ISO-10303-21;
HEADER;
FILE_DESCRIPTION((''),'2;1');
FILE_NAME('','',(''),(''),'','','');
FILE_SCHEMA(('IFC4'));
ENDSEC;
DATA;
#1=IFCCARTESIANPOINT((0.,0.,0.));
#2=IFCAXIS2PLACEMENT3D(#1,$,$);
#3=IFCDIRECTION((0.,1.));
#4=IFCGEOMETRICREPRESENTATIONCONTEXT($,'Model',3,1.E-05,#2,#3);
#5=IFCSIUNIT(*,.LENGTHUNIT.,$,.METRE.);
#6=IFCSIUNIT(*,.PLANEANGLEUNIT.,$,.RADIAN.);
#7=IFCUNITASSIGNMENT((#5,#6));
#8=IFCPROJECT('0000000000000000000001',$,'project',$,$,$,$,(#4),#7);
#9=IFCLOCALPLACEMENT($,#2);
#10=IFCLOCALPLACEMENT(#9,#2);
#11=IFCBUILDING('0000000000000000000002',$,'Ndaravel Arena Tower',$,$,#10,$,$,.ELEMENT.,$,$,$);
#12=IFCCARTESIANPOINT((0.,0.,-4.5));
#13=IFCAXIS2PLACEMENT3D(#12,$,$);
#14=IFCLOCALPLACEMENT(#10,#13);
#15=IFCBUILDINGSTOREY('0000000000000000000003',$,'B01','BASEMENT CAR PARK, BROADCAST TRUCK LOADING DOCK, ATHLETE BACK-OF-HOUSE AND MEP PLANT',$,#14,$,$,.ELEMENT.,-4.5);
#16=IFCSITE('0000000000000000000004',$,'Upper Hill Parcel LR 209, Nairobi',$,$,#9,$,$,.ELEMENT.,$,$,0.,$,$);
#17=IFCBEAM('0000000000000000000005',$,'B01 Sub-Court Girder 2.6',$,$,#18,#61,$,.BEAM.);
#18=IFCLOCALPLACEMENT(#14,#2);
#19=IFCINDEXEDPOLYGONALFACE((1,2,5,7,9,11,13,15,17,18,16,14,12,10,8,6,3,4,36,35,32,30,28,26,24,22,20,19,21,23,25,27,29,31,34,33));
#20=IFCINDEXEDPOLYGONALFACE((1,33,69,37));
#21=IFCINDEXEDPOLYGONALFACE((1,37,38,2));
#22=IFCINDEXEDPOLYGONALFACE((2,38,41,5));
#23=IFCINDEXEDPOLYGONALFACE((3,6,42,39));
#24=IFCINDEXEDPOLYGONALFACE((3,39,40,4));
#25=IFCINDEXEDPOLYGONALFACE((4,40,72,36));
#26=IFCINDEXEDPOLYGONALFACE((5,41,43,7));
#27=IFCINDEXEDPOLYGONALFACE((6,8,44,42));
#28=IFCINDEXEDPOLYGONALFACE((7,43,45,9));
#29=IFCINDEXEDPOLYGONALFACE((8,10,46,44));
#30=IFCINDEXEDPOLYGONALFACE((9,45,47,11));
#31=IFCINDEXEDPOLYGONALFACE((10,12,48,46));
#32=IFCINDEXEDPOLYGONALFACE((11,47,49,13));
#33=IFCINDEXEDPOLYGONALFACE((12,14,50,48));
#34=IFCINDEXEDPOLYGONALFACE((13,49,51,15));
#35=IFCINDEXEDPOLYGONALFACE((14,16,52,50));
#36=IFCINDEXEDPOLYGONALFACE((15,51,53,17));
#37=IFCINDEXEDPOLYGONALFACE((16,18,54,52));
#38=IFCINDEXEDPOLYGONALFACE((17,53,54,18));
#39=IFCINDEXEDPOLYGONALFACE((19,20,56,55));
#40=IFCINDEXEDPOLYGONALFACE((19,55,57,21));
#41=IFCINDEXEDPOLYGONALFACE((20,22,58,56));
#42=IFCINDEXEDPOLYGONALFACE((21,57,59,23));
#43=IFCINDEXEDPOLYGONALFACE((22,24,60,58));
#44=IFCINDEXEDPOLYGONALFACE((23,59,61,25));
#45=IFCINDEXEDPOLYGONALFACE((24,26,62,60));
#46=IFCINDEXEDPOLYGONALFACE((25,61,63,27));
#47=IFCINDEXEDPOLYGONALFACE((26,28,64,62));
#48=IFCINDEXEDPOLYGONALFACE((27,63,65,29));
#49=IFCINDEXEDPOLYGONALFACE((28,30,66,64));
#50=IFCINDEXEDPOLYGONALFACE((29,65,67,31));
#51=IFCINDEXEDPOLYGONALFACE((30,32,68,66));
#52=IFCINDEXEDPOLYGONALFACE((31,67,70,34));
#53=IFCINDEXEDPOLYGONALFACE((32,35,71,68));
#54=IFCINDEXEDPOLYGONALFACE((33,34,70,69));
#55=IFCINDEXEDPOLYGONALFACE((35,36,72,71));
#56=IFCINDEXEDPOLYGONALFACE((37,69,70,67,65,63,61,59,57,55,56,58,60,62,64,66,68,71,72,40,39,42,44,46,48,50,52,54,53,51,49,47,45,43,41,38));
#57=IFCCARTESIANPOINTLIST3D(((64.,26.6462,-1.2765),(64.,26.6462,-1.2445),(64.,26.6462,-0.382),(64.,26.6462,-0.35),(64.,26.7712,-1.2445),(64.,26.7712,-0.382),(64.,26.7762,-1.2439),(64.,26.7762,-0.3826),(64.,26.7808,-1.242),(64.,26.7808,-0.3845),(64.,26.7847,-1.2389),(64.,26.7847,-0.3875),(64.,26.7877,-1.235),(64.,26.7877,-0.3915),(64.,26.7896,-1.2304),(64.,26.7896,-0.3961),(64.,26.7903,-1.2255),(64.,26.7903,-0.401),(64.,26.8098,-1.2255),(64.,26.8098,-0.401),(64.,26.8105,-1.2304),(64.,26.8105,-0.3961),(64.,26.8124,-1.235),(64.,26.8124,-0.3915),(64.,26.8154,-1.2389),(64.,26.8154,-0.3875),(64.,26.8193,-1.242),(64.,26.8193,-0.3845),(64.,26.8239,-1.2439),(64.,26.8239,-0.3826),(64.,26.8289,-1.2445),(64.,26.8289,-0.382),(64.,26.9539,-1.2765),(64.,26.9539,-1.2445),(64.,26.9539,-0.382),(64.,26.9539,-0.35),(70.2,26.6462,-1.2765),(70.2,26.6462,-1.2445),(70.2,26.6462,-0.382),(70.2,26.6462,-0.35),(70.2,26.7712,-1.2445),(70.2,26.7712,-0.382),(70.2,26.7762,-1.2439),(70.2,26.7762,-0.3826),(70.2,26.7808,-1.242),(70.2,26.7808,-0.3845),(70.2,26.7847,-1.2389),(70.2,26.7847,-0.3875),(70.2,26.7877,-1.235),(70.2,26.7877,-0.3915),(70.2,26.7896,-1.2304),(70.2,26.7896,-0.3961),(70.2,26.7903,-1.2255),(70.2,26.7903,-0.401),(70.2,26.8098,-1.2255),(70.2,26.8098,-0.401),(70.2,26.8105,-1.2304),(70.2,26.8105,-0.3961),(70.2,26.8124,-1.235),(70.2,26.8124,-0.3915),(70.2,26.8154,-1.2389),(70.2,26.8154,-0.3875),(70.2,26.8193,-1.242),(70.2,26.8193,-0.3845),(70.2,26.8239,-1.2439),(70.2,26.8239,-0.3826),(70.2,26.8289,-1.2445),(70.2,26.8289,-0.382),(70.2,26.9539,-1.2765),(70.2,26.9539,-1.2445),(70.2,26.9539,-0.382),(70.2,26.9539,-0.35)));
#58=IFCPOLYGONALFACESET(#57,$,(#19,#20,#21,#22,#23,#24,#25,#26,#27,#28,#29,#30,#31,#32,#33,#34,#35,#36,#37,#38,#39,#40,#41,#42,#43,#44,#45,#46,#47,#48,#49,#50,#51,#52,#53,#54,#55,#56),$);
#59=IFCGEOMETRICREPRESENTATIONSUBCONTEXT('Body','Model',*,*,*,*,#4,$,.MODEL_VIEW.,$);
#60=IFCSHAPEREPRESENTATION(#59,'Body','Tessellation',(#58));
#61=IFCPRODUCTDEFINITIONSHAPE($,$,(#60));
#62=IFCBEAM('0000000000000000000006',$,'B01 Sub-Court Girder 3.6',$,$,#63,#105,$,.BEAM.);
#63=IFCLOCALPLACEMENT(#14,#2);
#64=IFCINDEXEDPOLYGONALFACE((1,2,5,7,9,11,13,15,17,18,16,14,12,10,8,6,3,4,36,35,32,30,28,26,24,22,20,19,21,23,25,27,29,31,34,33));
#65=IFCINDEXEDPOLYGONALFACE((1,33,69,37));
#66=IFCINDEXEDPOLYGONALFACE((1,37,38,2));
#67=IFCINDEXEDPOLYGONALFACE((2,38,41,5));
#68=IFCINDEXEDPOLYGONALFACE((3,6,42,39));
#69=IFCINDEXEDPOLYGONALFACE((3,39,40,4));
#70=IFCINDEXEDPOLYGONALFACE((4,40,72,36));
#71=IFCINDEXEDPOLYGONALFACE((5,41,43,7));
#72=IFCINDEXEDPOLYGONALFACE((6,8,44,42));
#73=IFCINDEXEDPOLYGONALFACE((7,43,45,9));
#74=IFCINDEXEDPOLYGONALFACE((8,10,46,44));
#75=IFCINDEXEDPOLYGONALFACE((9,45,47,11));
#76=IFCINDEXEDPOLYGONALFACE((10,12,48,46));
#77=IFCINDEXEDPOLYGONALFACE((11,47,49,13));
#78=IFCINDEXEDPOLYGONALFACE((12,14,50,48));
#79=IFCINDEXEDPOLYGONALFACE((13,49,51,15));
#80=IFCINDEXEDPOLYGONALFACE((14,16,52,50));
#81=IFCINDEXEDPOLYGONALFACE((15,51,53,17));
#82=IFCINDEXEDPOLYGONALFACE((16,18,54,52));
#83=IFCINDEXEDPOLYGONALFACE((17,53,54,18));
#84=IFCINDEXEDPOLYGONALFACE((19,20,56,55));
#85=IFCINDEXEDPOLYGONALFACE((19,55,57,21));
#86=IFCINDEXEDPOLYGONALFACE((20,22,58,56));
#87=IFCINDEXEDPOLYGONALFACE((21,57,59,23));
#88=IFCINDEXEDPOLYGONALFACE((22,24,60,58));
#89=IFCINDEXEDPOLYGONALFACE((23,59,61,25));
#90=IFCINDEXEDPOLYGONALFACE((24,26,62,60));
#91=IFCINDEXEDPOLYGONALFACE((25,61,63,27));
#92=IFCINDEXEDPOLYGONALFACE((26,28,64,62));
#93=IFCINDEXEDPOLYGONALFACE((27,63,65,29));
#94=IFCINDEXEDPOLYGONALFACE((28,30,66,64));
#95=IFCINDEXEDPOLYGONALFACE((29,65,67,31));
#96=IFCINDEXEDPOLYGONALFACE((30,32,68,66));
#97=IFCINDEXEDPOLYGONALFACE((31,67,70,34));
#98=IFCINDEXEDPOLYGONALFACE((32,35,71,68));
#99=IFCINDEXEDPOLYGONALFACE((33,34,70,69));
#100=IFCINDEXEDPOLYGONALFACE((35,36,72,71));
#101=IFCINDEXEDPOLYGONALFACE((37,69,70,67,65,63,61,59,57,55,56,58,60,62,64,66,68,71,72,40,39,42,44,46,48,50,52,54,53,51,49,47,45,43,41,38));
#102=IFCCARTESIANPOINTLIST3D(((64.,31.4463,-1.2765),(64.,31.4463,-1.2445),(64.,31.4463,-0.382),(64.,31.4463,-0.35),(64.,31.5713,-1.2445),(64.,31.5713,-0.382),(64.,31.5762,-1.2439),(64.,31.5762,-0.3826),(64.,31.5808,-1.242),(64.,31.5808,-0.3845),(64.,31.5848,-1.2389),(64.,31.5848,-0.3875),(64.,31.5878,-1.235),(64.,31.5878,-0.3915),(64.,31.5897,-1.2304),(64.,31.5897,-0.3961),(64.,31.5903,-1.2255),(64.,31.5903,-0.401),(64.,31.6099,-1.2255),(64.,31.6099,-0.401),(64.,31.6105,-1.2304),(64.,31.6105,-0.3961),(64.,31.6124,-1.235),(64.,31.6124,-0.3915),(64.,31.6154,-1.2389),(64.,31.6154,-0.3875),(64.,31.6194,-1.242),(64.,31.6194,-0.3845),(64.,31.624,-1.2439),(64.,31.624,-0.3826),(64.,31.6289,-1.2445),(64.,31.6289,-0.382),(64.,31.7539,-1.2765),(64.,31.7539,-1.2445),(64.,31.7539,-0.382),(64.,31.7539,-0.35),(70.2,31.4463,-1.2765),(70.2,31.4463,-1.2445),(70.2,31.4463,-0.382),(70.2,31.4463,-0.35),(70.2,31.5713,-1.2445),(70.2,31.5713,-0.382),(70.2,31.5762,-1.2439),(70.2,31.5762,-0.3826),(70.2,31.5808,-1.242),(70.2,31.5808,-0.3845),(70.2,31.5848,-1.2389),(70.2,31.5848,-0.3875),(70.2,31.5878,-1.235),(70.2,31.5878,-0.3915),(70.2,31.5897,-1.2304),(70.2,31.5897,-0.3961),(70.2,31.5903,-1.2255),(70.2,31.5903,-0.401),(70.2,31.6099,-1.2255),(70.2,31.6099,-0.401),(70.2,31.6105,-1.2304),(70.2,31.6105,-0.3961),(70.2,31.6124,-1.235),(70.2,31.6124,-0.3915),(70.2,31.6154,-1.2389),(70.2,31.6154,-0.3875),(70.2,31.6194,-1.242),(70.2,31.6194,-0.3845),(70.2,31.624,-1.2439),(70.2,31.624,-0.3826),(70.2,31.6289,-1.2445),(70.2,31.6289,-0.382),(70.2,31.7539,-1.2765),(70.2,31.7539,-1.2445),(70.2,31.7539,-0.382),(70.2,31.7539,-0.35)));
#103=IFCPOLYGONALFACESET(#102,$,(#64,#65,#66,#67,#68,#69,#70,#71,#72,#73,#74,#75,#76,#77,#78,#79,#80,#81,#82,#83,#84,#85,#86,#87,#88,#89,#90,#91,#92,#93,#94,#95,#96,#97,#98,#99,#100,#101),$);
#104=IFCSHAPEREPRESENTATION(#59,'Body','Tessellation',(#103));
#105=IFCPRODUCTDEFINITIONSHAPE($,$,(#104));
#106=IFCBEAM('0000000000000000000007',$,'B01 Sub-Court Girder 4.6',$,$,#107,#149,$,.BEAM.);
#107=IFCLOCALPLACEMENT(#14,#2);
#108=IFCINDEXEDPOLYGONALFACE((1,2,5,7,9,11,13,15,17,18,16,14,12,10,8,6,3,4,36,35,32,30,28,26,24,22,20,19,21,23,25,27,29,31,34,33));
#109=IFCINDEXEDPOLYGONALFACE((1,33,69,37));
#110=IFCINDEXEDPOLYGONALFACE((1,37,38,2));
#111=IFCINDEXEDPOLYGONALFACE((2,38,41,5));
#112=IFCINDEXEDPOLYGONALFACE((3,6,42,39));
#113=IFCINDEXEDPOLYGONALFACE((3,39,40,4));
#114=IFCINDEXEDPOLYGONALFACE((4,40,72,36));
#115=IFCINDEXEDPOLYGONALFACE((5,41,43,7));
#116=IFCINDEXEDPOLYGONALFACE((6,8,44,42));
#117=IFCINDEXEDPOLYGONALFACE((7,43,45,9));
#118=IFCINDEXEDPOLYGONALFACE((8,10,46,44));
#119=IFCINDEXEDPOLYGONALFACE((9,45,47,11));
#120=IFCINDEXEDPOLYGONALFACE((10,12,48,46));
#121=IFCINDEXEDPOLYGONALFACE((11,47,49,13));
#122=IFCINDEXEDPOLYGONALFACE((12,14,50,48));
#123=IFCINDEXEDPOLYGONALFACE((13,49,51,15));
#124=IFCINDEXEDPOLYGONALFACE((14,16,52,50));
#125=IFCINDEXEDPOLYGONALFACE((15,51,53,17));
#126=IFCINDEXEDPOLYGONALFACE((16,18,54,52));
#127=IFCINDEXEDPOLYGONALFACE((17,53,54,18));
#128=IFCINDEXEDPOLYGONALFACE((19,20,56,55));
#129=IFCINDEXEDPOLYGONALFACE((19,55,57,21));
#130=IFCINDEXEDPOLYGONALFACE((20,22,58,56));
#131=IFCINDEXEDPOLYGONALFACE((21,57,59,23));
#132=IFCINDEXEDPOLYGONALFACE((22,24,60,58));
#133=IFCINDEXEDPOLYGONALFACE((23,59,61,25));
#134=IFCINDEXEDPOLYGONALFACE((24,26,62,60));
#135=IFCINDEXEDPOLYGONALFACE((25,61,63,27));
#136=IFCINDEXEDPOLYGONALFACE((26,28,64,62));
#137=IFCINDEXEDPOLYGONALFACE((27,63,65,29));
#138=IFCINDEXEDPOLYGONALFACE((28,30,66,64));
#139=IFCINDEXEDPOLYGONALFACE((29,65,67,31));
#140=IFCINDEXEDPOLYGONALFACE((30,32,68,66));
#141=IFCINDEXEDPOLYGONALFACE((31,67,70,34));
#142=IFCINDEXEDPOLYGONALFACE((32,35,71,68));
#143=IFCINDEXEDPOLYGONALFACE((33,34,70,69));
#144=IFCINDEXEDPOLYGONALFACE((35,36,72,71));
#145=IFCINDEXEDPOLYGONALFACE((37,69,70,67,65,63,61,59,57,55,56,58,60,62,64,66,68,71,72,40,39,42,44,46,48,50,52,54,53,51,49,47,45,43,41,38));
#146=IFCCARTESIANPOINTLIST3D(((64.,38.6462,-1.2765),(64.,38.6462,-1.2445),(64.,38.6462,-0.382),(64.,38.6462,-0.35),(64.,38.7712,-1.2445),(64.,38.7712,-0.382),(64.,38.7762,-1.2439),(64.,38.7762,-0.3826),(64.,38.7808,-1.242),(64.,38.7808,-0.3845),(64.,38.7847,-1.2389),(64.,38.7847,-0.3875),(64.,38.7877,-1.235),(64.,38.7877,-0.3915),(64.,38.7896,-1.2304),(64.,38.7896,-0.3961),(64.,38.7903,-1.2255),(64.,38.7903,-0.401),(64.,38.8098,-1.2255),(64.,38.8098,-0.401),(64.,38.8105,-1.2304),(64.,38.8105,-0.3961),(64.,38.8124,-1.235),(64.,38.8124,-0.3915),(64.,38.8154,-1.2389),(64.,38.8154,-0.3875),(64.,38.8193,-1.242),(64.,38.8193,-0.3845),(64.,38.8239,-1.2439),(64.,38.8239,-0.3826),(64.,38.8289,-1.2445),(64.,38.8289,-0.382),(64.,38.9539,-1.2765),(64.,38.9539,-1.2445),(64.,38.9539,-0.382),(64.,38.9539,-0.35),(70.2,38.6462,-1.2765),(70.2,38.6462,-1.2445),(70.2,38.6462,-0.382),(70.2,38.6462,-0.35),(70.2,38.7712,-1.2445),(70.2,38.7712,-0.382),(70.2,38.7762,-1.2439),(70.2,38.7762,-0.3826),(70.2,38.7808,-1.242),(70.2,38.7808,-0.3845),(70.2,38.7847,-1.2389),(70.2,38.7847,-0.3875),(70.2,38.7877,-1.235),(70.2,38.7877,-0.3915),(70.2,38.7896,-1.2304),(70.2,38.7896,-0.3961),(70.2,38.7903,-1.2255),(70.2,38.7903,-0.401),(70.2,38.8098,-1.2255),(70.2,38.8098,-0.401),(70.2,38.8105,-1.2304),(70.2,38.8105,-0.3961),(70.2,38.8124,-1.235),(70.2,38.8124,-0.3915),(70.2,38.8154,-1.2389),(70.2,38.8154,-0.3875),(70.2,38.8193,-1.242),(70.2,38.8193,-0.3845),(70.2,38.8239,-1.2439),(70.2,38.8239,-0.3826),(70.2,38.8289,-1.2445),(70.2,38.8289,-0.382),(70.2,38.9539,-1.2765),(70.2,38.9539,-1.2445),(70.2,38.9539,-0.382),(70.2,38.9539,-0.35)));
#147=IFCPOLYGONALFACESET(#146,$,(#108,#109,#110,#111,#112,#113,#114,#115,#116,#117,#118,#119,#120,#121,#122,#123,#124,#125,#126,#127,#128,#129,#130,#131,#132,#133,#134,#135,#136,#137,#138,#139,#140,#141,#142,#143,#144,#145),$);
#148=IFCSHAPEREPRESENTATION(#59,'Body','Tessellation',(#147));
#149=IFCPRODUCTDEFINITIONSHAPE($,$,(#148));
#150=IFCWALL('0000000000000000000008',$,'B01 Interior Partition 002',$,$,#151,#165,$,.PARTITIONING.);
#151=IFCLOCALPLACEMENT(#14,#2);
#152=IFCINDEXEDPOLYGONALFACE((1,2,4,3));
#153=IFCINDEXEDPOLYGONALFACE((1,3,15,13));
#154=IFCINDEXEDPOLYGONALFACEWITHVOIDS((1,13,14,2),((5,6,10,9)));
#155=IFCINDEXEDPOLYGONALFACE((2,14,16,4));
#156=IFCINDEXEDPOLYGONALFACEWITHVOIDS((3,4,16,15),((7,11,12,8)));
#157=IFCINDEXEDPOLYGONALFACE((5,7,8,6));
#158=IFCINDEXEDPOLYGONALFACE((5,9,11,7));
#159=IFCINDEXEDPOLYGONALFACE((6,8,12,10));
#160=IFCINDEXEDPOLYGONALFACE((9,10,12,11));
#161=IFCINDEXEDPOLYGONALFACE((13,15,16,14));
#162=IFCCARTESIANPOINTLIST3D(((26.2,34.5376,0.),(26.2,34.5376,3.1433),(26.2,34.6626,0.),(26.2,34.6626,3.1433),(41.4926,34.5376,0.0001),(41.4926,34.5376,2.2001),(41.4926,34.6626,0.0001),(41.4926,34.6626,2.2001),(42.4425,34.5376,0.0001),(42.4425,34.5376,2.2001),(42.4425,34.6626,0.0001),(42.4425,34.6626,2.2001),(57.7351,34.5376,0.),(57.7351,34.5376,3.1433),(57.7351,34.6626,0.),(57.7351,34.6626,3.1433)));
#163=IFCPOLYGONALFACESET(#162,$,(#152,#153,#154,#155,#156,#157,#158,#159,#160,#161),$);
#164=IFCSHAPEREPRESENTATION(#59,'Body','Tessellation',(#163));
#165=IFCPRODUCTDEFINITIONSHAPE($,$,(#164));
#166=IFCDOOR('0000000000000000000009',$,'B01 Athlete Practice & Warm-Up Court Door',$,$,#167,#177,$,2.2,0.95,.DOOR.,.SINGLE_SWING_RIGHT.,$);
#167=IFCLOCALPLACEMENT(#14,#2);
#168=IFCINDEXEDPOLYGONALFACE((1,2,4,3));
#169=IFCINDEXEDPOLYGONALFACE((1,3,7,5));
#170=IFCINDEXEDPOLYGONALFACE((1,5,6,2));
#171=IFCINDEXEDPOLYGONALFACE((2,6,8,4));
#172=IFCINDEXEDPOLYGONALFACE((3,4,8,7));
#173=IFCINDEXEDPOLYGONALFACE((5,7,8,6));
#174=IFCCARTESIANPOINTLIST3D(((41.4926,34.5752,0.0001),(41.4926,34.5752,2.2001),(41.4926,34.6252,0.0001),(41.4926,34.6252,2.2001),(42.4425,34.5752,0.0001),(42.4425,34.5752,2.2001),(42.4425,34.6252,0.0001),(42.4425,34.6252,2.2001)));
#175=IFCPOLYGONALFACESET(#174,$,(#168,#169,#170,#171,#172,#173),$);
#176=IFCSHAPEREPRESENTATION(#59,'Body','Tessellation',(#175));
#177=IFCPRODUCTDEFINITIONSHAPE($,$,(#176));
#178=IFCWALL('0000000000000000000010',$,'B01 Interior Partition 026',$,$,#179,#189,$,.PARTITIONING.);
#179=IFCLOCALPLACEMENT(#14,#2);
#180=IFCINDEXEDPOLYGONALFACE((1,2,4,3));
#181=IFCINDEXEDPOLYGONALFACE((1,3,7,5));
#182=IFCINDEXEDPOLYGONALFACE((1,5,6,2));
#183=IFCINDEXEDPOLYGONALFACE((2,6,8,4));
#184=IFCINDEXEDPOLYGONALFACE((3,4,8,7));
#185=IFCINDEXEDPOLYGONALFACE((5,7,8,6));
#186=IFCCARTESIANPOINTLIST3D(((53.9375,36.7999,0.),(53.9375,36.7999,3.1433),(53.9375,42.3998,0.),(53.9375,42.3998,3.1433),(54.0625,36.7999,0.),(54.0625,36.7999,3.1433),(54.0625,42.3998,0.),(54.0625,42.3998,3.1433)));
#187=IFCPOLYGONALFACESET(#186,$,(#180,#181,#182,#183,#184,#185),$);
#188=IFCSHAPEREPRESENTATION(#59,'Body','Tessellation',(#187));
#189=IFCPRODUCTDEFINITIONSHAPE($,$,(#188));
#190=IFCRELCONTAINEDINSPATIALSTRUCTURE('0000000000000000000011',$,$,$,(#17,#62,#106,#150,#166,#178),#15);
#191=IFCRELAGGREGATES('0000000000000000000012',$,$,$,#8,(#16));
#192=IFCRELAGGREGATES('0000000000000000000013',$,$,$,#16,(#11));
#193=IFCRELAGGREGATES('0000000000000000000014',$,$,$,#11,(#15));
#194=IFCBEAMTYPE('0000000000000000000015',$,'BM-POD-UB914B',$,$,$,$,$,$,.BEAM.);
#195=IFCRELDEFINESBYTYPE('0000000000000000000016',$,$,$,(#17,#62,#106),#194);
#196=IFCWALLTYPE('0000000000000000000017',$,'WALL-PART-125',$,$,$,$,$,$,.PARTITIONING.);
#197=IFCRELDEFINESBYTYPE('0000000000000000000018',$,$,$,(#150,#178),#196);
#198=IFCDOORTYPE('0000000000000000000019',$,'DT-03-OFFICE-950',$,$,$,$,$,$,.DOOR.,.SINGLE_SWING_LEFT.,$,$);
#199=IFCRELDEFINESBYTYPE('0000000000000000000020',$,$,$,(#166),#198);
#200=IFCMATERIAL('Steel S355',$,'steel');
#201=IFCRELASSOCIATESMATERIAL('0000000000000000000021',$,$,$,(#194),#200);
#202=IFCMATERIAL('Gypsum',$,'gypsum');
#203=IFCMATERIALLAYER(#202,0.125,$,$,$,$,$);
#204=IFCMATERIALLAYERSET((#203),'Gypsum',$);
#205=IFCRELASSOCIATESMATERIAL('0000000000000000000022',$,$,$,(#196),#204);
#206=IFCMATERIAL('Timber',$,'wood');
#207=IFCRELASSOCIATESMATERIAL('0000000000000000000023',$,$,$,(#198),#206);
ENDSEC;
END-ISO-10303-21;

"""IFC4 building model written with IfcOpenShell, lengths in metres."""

from ifc_helpers import new_model, si_unit, direction, frame, frame_2d, origin, origin_2d, place, context, subcontext, project, spatial, rectangle, i_section, extrude, material, layer, layer_set, material_profile, profile_set, type_object, element, fill, save


model = new_model("IFC4")

# Units and contexts
model_context = context("Model", 3, precision=1e-05, world=origin(), true_north=direction((0.0, 1.0)))
body_context = subcontext(model_context, "Body", "Model", "MODEL_VIEW")
ifc_project = project(units=[si_unit("LENGTHUNIT", "METRE"), si_unit("PLANEANGLEUNIT", "RADIAN")], contexts=[model_context])

# Site, building, storey
site_placement = place(None, origin())
site = spatial("IfcSite", under=ifc_project, at=site_placement, Name="Upper Hill Parcel LR 209, Nairobi", CompositionType="ELEMENT", RefElevation=0.0)
building_placement = place(site_placement, origin())
building = spatial("IfcBuilding", under=site, at=building_placement, Name="Ndaravel Arena Tower", CompositionType="ELEMENT")
storey_placement = place(building_placement, frame((0.0, 0.0, -4.5)))
storey = spatial("IfcBuildingStorey", under=building, at=storey_placement, Name="B01", Description="BASEMENT CAR PARK, BROADCAST TRUCK LOADING DOCK, ATHLETE BACK-OF-HOUSE AND MEP PLANT", CompositionType="ELEMENT", Elevation=-4.5)

# Beams
ifc_material_1 = material(Name="Steel S355", Category="steel")
ifc_material_profile_1 = material_profile(ifc_material_1, i_section(OverallWidth=0.3076, OverallDepth=0.9265, WebThickness=0.0195, FlangeThickness=0.032, FilletRadius=0.019, at=origin_2d()), Name="UB 914x305x289")
ifc_profile_set_1 = profile_set([ifc_material_profile_1], Name="Steel S355")
beam_type_1 = type_object("IfcBeamType", Name="BM-POD-UB914B", PredefinedType="BEAM", material=ifc_profile_set_1)
for number, where, z_axis, x_axis, name in (
    (1, (64.0, 26.8, -0.8132), (1.0, 0.0, 0.0), (0.0, 1.0, 0.0), "B01 Sub-Court Girder 2.6"),
    (2, (64.0, 31.6001, -0.8132), (1.0, 0.0, 0.0), (0.0, 1.0, 0.0), "B01 Sub-Court Girder 3.6"),
    (3, (64.0, 38.8, -0.8132), (1.0, 0.0, 0.0), (0.0, 1.0, 0.0), "B01 Sub-Court Girder 4.6"),
):
    element("IfcBeam", number, at=place(storey_placement, frame(where, z_axis=z_axis, x_axis=x_axis)), inside=storey, type_object=beam_type_1, Name=name, PredefinedType="BEAM", context=body_context, shape_type="SweptSolid", body=[
        extrude(i_section(OverallWidth=0.3076, OverallDepth=0.9265, WebThickness=0.0195, FlangeThickness=0.032, FilletRadius=0.019, at=origin_2d()), origin(), (0.0, 0.0, 1.0), 6.2),
    ])

# Wall, opening, door
ifc_material_2 = material(Name="Gypsum", Category="gypsum")
ifc_layer_1 = layer(ifc_material_2, 0.125)
ifc_layer_set_1 = layer_set([ifc_layer_1], Name="Gypsum")
wall_type_1 = type_object("IfcWallType", Name="WALL-PART-125", PredefinedType="PARTITIONING", material=ifc_layer_set_1)
wall_1_placement = place(storey_placement, frame((57.7351, 34.6001, 0.0), z_axis=(0.0, 0.0, 1.0), x_axis=(-1.0, 0.0, 0.0)))
wall_1 = element("IfcWall", 4, at=wall_1_placement, inside=storey, type_object=wall_type_1, Name="B01 Interior Partition 002", PredefinedType="PARTITIONING", context=body_context, shape_type="SweptSolid", body=[
    extrude(rectangle(XDim=31.5352, YDim=0.125, at=frame_2d((15.7676, 0.0))), origin(), (0.0, 0.0, 1.0), 3.1433),
])
opening_1_placement = place(wall_1_placement, frame((15.2925, 0.0, 0.0)))
opening_1 = element("IfcOpeningElement", 5, at=opening_1_placement, cuts=wall_1, PredefinedType="OPENING", context=body_context, shape_type="SweptSolid", body=[
    extrude(rectangle(XDim=0.95, YDim=2.2, at=frame_2d((0.4751, 1.1001))), frame((0.0, 0.0625, 0.0), z_axis=(0.0, -1.0, 0.0), x_axis=(1.0, 0.0, 0.0)), (0.0, 0.0, 1.0), 0.125),
])
ifc_material_3 = material(Name="Timber", Category="wood")
door_type_1 = type_object("IfcDoorType", Name="DT-03-OFFICE-950", OperationType="SINGLE_SWING_LEFT", PredefinedType="DOOR", material=ifc_material_3)
door_1_placement = place(opening_1_placement, origin())
door_1 = element("IfcDoor", 6, at=door_1_placement, inside=storey, type_object=door_type_1, Name="B01 Athlete Practice & Warm-Up Court Door", OperationType="SINGLE_SWING_RIGHT", OverallHeight=2.2, OverallWidth=0.95, PredefinedType="DOOR", context=body_context, shape_type="SweptSolid", body=[
    extrude(rectangle(XDim=0.95, YDim=2.2, at=frame_2d((0.4751, 1.1001))), frame((0.0, 0.0249, 0.0), z_axis=(0.0, -1.0, 0.0), x_axis=(1.0, 0.0, 0.0)), (0.0, 0.0, 1.0), 0.05),
])
fill(opening_1, door_1)

# Wall
wall_2_placement = place(storey_placement, frame((54.0, 36.8, 0.0), z_axis=(0.0, 0.0, 1.0), x_axis=(0.0, 1.0, 0.0)))
element("IfcWall", 7, at=wall_2_placement, inside=storey, type_object=wall_type_1, Name="B01 Interior Partition 026", PredefinedType="PARTITIONING", context=body_context, shape_type="SweptSolid", body=[
    extrude(rectangle(XDim=5.5999, YDim=0.125, at=frame_2d((2.7998, 0.0))), origin(), (0.0, 0.0, 1.0), 3.1433),
])

save(model, "model.ifc")
